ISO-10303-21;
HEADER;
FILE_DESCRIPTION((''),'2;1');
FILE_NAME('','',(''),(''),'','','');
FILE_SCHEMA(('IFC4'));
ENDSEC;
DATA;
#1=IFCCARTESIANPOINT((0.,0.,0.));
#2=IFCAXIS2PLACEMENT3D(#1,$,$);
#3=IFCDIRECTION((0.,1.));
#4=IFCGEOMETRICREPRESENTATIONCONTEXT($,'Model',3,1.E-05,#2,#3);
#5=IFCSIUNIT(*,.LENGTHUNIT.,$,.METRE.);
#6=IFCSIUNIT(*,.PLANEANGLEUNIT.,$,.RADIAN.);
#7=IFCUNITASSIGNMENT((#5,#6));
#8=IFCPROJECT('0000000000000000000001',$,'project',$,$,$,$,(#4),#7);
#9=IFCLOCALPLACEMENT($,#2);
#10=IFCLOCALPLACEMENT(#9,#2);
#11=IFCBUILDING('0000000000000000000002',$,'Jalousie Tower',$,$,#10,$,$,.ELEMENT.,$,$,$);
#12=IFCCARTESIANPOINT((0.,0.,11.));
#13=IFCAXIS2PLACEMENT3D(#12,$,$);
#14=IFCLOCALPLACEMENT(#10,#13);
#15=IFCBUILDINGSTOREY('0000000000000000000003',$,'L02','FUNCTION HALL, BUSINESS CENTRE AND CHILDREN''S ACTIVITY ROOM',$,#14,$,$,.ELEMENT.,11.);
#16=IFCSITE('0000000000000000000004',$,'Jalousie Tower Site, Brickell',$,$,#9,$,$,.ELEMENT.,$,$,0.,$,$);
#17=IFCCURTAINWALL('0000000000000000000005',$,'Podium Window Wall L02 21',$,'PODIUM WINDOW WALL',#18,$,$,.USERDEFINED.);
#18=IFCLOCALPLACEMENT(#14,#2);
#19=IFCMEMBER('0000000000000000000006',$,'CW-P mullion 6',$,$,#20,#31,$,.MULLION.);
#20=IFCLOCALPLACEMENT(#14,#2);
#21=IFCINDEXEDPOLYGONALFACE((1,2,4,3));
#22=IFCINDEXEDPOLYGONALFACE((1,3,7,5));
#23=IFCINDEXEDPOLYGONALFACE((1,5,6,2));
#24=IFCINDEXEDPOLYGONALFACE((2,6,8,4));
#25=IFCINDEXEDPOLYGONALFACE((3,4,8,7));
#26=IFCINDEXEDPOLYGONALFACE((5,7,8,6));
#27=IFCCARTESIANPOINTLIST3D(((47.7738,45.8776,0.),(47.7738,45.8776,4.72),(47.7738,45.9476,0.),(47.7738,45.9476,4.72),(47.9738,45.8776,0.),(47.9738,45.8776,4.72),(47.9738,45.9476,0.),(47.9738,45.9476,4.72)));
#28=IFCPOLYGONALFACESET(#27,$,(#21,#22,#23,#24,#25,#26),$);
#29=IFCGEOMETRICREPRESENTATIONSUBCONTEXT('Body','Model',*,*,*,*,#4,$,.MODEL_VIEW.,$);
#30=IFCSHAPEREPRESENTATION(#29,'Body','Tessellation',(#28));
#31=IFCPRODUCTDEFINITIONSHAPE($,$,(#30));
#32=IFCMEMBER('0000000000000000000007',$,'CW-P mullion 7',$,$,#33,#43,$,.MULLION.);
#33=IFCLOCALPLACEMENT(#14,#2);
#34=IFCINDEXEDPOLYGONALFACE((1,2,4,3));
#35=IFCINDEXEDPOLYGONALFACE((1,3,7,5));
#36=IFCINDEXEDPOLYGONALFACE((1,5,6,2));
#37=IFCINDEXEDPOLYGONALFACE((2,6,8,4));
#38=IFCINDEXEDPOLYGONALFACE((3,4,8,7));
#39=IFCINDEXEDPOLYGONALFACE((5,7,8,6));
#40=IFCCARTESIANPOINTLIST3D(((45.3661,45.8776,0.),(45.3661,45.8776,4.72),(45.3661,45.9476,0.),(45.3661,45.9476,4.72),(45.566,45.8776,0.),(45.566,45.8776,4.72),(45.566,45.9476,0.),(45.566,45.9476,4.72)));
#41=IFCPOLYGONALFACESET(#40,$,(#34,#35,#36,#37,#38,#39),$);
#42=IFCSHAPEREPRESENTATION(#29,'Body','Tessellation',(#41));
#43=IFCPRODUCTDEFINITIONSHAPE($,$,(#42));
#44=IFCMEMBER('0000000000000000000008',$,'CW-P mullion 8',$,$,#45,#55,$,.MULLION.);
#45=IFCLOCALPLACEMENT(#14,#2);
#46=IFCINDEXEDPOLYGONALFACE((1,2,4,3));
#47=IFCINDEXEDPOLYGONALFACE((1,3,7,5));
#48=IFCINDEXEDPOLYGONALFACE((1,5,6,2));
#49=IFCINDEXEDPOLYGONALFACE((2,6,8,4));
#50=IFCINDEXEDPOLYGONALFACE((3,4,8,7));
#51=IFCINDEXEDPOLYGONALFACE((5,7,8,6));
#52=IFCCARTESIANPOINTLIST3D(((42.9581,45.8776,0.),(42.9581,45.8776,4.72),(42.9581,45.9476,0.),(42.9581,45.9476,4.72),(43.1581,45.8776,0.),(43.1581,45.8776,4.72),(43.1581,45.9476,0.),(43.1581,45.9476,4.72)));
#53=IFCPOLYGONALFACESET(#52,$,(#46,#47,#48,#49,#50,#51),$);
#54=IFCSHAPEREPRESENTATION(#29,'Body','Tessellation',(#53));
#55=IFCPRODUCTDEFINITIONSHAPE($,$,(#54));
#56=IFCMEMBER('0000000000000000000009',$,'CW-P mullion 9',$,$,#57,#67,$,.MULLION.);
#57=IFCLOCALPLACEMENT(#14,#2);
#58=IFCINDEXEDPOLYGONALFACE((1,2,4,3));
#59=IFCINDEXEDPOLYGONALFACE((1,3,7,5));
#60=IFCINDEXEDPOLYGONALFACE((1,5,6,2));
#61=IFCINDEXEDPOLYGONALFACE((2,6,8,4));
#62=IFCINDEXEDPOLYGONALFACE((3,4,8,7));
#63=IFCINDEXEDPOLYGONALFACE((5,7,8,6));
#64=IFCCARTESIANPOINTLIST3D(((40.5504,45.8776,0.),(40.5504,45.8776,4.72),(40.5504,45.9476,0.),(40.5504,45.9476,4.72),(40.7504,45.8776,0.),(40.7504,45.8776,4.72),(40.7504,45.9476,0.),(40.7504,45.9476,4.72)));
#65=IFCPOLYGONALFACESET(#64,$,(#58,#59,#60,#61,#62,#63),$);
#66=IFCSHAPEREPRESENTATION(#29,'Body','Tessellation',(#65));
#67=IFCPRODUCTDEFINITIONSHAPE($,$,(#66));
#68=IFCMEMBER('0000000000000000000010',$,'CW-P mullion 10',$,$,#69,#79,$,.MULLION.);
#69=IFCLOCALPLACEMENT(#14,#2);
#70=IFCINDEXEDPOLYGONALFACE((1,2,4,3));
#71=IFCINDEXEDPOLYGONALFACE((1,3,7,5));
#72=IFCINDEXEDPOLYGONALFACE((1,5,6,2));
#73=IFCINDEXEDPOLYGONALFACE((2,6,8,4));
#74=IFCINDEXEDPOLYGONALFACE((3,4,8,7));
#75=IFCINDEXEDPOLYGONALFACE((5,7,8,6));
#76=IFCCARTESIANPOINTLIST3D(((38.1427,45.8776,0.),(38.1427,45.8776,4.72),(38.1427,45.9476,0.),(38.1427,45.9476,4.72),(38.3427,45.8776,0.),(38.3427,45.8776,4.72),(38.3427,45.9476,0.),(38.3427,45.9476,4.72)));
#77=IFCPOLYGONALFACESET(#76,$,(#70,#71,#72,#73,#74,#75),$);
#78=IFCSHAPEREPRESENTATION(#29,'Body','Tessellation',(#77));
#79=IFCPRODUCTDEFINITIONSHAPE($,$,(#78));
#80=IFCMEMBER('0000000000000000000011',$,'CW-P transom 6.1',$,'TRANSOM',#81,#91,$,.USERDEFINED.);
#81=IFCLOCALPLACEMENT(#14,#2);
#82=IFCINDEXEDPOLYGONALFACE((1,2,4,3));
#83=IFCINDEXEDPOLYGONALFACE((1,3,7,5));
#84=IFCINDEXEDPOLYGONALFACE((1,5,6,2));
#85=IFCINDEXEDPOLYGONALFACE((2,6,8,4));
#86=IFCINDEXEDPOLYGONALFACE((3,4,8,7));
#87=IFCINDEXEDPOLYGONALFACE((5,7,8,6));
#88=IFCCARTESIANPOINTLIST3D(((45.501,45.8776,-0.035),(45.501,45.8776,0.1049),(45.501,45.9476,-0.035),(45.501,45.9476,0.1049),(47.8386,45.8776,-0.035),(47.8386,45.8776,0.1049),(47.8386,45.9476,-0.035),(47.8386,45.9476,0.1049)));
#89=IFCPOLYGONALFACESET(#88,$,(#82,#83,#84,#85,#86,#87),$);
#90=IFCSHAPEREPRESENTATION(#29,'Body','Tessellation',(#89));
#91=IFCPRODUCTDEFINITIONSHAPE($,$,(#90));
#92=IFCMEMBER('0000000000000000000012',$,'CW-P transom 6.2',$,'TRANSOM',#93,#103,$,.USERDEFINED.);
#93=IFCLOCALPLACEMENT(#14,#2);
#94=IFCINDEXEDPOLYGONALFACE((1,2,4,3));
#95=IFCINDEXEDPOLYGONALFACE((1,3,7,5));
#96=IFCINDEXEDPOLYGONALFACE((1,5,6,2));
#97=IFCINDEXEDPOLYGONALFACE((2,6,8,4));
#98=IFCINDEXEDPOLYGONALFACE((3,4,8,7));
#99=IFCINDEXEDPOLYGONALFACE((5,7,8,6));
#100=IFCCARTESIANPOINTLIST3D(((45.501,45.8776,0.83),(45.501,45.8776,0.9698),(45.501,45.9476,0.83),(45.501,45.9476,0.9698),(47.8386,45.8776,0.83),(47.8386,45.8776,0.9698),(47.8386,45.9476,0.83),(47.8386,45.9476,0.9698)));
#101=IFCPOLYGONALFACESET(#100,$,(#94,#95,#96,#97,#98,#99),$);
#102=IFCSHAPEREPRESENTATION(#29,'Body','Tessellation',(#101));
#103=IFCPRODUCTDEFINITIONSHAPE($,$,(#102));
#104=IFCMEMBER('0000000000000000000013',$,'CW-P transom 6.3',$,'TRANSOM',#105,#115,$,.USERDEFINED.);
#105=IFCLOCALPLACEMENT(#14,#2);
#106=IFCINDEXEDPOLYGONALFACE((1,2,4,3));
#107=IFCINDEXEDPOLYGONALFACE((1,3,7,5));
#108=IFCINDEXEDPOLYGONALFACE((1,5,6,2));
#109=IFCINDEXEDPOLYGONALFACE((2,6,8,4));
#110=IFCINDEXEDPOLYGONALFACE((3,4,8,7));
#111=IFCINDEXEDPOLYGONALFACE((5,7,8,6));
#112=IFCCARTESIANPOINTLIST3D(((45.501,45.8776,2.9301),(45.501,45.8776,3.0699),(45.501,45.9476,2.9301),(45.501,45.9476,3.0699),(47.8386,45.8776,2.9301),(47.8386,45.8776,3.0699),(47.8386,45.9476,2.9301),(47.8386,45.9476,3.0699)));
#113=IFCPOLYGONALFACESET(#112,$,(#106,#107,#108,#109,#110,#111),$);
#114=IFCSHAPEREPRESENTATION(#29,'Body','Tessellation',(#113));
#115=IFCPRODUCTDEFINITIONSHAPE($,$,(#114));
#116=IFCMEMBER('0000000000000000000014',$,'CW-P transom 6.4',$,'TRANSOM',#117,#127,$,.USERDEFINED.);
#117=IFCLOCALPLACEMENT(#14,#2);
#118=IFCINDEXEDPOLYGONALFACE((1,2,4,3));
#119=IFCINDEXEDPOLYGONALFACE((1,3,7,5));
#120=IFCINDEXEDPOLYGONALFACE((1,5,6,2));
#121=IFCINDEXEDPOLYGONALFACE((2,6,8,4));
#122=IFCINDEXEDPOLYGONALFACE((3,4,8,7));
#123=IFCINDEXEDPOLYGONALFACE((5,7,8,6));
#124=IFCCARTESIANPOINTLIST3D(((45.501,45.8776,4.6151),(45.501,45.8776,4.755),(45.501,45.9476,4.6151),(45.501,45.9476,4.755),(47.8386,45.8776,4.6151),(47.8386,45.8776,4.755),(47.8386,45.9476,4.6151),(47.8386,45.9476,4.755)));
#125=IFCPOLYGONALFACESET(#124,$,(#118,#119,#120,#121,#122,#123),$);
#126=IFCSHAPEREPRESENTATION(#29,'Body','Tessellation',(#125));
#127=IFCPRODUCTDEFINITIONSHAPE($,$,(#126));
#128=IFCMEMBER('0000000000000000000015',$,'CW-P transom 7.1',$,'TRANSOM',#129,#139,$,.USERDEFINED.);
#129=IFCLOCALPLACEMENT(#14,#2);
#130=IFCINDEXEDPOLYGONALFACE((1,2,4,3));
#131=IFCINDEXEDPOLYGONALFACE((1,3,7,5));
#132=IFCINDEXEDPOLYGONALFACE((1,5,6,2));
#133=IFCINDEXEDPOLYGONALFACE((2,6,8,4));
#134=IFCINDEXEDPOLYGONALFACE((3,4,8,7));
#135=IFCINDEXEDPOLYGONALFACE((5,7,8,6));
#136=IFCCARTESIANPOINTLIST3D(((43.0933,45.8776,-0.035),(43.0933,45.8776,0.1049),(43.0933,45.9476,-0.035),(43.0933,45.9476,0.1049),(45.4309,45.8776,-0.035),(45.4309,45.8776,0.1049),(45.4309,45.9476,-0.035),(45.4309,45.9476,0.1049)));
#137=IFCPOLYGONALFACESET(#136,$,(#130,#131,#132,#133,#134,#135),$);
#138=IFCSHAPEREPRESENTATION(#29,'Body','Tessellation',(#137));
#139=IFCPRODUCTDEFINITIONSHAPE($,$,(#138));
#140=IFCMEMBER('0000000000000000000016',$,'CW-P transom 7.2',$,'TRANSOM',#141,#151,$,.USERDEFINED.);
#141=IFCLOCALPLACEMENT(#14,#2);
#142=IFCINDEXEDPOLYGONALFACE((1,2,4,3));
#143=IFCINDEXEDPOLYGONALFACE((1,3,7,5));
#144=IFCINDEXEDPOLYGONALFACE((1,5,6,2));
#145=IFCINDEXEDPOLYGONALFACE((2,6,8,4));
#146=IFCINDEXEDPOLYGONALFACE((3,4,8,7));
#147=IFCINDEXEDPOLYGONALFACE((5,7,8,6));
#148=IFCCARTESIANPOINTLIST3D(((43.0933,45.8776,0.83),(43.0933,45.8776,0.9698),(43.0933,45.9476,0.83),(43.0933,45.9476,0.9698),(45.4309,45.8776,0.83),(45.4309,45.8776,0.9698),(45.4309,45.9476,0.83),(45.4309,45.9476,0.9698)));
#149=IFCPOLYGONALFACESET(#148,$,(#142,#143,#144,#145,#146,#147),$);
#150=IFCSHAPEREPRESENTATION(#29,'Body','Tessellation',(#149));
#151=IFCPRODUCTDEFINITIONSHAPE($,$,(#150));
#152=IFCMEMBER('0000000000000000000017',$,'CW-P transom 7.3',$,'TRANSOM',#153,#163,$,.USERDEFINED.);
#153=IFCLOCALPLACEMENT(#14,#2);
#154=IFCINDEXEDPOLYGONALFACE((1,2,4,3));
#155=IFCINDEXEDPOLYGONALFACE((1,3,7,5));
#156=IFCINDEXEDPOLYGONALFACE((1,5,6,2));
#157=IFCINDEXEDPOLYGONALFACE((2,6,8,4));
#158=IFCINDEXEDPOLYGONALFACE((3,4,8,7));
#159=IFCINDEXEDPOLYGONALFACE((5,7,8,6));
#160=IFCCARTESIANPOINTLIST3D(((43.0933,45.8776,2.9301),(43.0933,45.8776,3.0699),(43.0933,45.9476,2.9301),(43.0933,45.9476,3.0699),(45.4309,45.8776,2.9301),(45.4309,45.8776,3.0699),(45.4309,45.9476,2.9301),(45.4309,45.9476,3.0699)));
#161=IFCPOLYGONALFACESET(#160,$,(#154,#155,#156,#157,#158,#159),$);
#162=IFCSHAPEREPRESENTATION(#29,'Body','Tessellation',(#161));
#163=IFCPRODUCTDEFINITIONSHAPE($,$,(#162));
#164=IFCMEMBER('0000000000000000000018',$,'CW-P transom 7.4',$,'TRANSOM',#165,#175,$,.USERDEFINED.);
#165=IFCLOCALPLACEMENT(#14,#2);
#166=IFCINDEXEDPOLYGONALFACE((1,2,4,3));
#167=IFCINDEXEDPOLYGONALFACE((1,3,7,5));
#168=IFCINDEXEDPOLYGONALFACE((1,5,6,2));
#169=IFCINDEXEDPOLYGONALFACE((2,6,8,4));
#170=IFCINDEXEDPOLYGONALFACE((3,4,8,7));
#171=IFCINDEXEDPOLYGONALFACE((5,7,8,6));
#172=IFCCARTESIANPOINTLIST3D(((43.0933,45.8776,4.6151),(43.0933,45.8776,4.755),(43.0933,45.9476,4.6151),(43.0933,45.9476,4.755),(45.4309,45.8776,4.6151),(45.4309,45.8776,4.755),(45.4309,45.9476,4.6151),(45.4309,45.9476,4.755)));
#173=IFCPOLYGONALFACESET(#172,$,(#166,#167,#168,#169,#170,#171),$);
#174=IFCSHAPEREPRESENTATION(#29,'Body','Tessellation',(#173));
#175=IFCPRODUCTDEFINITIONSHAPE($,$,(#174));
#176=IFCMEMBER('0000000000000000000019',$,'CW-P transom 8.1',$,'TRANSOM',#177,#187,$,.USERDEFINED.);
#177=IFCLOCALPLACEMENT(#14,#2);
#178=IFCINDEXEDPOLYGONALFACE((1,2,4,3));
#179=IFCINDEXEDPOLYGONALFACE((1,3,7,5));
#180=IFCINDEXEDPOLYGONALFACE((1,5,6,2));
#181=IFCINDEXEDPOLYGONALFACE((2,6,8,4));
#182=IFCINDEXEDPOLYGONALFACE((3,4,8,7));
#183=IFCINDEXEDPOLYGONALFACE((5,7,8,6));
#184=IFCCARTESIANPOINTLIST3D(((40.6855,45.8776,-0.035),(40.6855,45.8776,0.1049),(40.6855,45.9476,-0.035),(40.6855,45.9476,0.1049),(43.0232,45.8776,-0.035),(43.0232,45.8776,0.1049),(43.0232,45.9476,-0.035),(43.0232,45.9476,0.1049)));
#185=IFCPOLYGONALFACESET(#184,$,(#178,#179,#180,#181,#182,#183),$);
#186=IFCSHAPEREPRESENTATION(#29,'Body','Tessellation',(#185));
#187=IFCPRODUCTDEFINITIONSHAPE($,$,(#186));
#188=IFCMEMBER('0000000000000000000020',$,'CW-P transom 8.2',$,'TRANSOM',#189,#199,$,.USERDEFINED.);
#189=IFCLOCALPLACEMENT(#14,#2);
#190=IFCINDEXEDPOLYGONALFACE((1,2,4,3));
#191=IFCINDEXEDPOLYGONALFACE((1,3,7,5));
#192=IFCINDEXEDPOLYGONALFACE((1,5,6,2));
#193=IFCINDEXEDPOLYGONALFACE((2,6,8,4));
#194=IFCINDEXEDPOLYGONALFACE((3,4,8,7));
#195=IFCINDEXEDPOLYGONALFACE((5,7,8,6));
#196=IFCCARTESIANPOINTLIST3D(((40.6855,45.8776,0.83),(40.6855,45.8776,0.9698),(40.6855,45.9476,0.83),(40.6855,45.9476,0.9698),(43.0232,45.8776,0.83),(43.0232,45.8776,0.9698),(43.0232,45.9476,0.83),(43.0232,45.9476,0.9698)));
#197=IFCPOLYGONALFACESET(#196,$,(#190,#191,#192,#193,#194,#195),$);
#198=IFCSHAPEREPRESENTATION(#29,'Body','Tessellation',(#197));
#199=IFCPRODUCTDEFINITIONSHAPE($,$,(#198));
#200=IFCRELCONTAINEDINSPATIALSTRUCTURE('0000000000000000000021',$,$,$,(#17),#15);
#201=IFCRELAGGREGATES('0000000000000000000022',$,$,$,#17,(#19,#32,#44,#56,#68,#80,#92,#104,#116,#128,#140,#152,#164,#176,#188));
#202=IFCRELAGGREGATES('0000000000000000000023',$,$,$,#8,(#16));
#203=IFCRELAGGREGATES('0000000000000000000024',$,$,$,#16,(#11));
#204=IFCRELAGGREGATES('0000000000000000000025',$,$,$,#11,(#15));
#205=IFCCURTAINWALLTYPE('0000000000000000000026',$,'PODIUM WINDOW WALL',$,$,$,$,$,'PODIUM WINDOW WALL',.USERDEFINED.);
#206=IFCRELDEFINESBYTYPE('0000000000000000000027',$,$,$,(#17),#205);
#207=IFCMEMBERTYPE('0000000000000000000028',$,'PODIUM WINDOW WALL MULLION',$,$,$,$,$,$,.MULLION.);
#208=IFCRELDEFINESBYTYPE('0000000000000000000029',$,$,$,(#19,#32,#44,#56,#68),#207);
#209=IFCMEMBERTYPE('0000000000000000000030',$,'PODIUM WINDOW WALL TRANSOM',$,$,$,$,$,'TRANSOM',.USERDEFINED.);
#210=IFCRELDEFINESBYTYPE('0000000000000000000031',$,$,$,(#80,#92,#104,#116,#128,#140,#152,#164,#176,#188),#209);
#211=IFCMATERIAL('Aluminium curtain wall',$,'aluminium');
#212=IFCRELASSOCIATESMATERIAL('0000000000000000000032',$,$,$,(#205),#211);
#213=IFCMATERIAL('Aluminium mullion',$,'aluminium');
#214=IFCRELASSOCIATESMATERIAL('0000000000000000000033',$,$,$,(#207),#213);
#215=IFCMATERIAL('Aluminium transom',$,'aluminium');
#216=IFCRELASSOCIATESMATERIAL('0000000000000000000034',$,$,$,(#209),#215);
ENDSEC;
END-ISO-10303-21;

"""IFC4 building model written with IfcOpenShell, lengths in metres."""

from ifc_helpers import new_model, si_unit, direction, frame, origin, origin_2d, place, context, subcontext, project, spatial, rectangle, extrude, material, material_profile, profile_set, type_object, element, aggregate, save


model = new_model("IFC4")

# Units and contexts
model_context = context("Model", 3, precision=1e-05, world=origin(), true_north=direction((0.0, 1.0)))
body_context = subcontext(model_context, "Body", "Model", "MODEL_VIEW")
ifc_project = project(units=[si_unit("LENGTHUNIT", "METRE"), si_unit("PLANEANGLEUNIT", "RADIAN")], contexts=[model_context])

# Site, building, storey
site_placement = place(None, origin())
site = spatial("IfcSite", under=ifc_project, at=site_placement, Name="Jalousie Tower Site, Brickell", CompositionType="ELEMENT", RefElevation=0.0)
building_placement = place(site_placement, origin())
building = spatial("IfcBuilding", under=site, at=building_placement, Name="Jalousie Tower", CompositionType="ELEMENT")
storey_placement = place(building_placement, frame((0.0, 0.0, 11.0)))
storey = spatial("IfcBuildingStorey", under=building, at=storey_placement, Name="L02", Description="FUNCTION HALL, BUSINESS CENTRE AND CHILDREN'S ACTIVITY ROOM", CompositionType="ELEMENT", Elevation=11.0)

# Curtain wall, members
ifc_material_1 = material(Name="Aluminium curtain wall", Category="aluminium")
curtain_wall_type = type_object("IfcCurtainWallType", Name="PODIUM WINDOW WALL", ElementType="PODIUM WINDOW WALL", PredefinedType="USERDEFINED", material=ifc_material_1)
curtain_wall_placement = place(storey_placement, origin())
curtain_wall = element("IfcCurtainWall", 1, at=curtain_wall_placement, inside=storey, type_object=curtain_wall_type, Name="Podium Window Wall L02 21", ObjectType="PODIUM WINDOW WALL", PredefinedType="USERDEFINED")
ifc_material_2 = material(Name="Aluminium mullion", Category="aluminium")
ifc_material_profile_1 = material_profile(ifc_material_2, rectangle(XDim=0.0701, YDim=0.2, at=origin_2d()), Name="MULLION 70x200")
ifc_profile_set_1 = profile_set([ifc_material_profile_1], Name="Aluminium mullion")
member_type_1 = type_object("IfcMemberType", Name="PODIUM WINDOW WALL MULLION", PredefinedType="MULLION", material=ifc_profile_set_1)
member_1_placement = place(storey_placement, frame((47.8738, 45.9126, 0.0), z_axis=(0.0, 0.0, 1.0), x_axis=(0.0, -1.0, 0.0)))
member_1 = element("IfcMember", 2, at=member_1_placement, type_object=member_type_1, Name="CW-P mullion 6", PredefinedType="MULLION", context=body_context, shape_type="SweptSolid", body=[
    extrude(rectangle(XDim=0.0701, YDim=0.2, at=origin_2d()), origin(), (0.0, 0.0, 1.0), 4.72),
])
member_2_placement = place(storey_placement, frame((45.4661, 45.9126, 0.0), z_axis=(0.0, 0.0, 1.0), x_axis=(0.0, -1.0, 0.0)))
member_2 = element("IfcMember", 3, at=member_2_placement, type_object=member_type_1, Name="CW-P mullion 7", PredefinedType="MULLION", context=body_context, shape_type="SweptSolid", body=[
    extrude(rectangle(XDim=0.0701, YDim=0.2, at=origin_2d()), origin(), (0.0, 0.0, 1.0), 4.72),
])
member_3_placement = place(storey_placement, frame((43.0581, 45.9126, 0.0), z_axis=(0.0, 0.0, 1.0), x_axis=(0.0, -1.0, 0.0)))
member_3 = element("IfcMember", 4, at=member_3_placement, type_object=member_type_1, Name="CW-P mullion 8", PredefinedType="MULLION", context=body_context, shape_type="SweptSolid", body=[
    extrude(rectangle(XDim=0.0701, YDim=0.2, at=origin_2d()), origin(), (0.0, 0.0, 1.0), 4.72),
])
member_4_placement = place(storey_placement, frame((40.6504, 45.9126, 0.0), z_axis=(0.0, 0.0, 1.0), x_axis=(0.0, -1.0, 0.0)))
member_4 = element("IfcMember", 5, at=member_4_placement, type_object=member_type_1, Name="CW-P mullion 9", PredefinedType="MULLION", context=body_context, shape_type="SweptSolid", body=[
    extrude(rectangle(XDim=0.0701, YDim=0.2, at=origin_2d()), origin(), (0.0, 0.0, 1.0), 4.72),
])
member_5_placement = place(storey_placement, frame((38.2427, 45.9126, 0.0), z_axis=(0.0, 0.0, 1.0), x_axis=(0.0, -1.0, 0.0)))
member_5 = element("IfcMember", 6, at=member_5_placement, type_object=member_type_1, Name="CW-P mullion 10", PredefinedType="MULLION", context=body_context, shape_type="SweptSolid", body=[
    extrude(rectangle(XDim=0.0701, YDim=0.2, at=origin_2d()), origin(), (0.0, 0.0, 1.0), 4.72),
])
ifc_material_3 = material(Name="Aluminium transom", Category="aluminium")
ifc_material_profile_2 = material_profile(ifc_material_3, rectangle(XDim=0.0701, YDim=0.1399, at=origin_2d()), Name="TRANSOM 70x140")
ifc_profile_set_2 = profile_set([ifc_material_profile_2], Name="Aluminium transom")
member_type_2 = type_object("IfcMemberType", Name="PODIUM WINDOW WALL TRANSOM", ElementType="TRANSOM", PredefinedType="USERDEFINED", material=ifc_profile_set_2)
member_6_placement = place(storey_placement, frame((47.8386, 45.9126, 0.0349), z_axis=(-1.0, 0.0, 0.0), x_axis=(0.0, -1.0, 0.0)))
member_6 = element("IfcMember", 7, at=member_6_placement, type_object=member_type_2, Name="CW-P transom 6.1", ObjectType="TRANSOM", PredefinedType="USERDEFINED", context=body_context, shape_type="SweptSolid", body=[
    extrude(rectangle(XDim=0.0701, YDim=0.1399, at=origin_2d()), origin(), (0.0, 0.0, 1.0), 2.3376),
])
member_7_placement = place(storey_placement, frame((47.8386, 45.9126, 0.8999), z_axis=(-1.0, 0.0, 0.0), x_axis=(0.0, -1.0, 0.0)))
member_7 = element("IfcMember", 8, at=member_7_placement, type_object=member_type_2, Name="CW-P transom 6.2", ObjectType="TRANSOM", PredefinedType="USERDEFINED", context=body_context, shape_type="SweptSolid", body=[
    extrude(rectangle(XDim=0.0701, YDim=0.1399, at=origin_2d()), origin(), (0.0, 0.0, 1.0), 2.3376),
])
member_8_placement = place(storey_placement, frame((47.8386, 45.9126, 3.0), z_axis=(-1.0, 0.0, 0.0), x_axis=(0.0, -1.0, 0.0)))
member_8 = element("IfcMember", 9, at=member_8_placement, type_object=member_type_2, Name="CW-P transom 6.3", ObjectType="TRANSOM", PredefinedType="USERDEFINED", context=body_context, shape_type="SweptSolid", body=[
    extrude(rectangle(XDim=0.0701, YDim=0.1399, at=origin_2d()), origin(), (0.0, 0.0, 1.0), 2.3376),
])
member_9_placement = place(storey_placement, frame((47.8386, 45.9126, 4.6851), z_axis=(-1.0, 0.0, 0.0), x_axis=(0.0, -1.0, 0.0)))
member_9 = element("IfcMember", 10, at=member_9_placement, type_object=member_type_2, Name="CW-P transom 6.4", ObjectType="TRANSOM", PredefinedType="USERDEFINED", context=body_context, shape_type="SweptSolid", body=[
    extrude(rectangle(XDim=0.0701, YDim=0.1399, at=origin_2d()), origin(), (0.0, 0.0, 1.0), 2.3376),
])
member_10_placement = place(storey_placement, frame((45.4309, 45.9126, 0.0349), z_axis=(-1.0, 0.0, 0.0), x_axis=(0.0, -1.0, 0.0)))
member_10 = element("IfcMember", 11, at=member_10_placement, type_object=member_type_2, Name="CW-P transom 7.1", ObjectType="TRANSOM", PredefinedType="USERDEFINED", context=body_context, shape_type="SweptSolid", body=[
    extrude(rectangle(XDim=0.0701, YDim=0.1399, at=origin_2d()), origin(), (0.0, 0.0, 1.0), 2.3376),
])
member_11_placement = place(storey_placement, frame((45.4309, 45.9126, 0.8999), z_axis=(-1.0, 0.0, 0.0), x_axis=(0.0, -1.0, 0.0)))
member_11 = element("IfcMember", 12, at=member_11_placement, type_object=member_type_2, Name="CW-P transom 7.2", ObjectType="TRANSOM", PredefinedType="USERDEFINED", context=body_context, shape_type="SweptSolid", body=[
    extrude(rectangle(XDim=0.0701, YDim=0.1399, at=origin_2d()), origin(), (0.0, 0.0, 1.0), 2.3376),
])
member_12_placement = place(storey_placement, frame((45.4309, 45.9126, 3.0), z_axis=(-1.0, 0.0, 0.0), x_axis=(0.0, -1.0, 0.0)))
member_12 = element("IfcMember", 13, at=member_12_placement, type_object=member_type_2, Name="CW-P transom 7.3", ObjectType="TRANSOM", PredefinedType="USERDEFINED", context=body_context, shape_type="SweptSolid", body=[
    extrude(rectangle(XDim=0.0701, YDim=0.1399, at=origin_2d()), origin(), (0.0, 0.0, 1.0), 2.3376),
])
member_13_placement = place(storey_placement, frame((45.4309, 45.9126, 4.6851), z_axis=(-1.0, 0.0, 0.0), x_axis=(0.0, -1.0, 0.0)))
member_13 = element("IfcMember", 14, at=member_13_placement, type_object=member_type_2, Name="CW-P transom 7.4", ObjectType="TRANSOM", PredefinedType="USERDEFINED", context=body_context, shape_type="SweptSolid", body=[
    extrude(rectangle(XDim=0.0701, YDim=0.1399, at=origin_2d()), origin(), (0.0, 0.0, 1.0), 2.3376),
])
member_14_placement = place(storey_placement, frame((43.0232, 45.9126, 0.0349), z_axis=(-1.0, 0.0, 0.0), x_axis=(0.0, -1.0, 0.0)))
member_14 = element("IfcMember", 15, at=member_14_placement, type_object=member_type_2, Name="CW-P transom 8.1", ObjectType="TRANSOM", PredefinedType="USERDEFINED", context=body_context, shape_type="SweptSolid", body=[
    extrude(rectangle(XDim=0.0701, YDim=0.1399, at=origin_2d()), origin(), (0.0, 0.0, 1.0), 2.3376),
])
member_15_placement = place(storey_placement, frame((43.0232, 45.9126, 0.8999), z_axis=(-1.0, 0.0, 0.0), x_axis=(0.0, -1.0, 0.0)))
member_15 = element("IfcMember", 16, at=member_15_placement, type_object=member_type_2, Name="CW-P transom 8.2", ObjectType="TRANSOM", PredefinedType="USERDEFINED", context=body_context, shape_type="SweptSolid", body=[
    extrude(rectangle(XDim=0.0701, YDim=0.1399, at=origin_2d()), origin(), (0.0, 0.0, 1.0), 2.3376),
])
aggregate(curtain_wall, [member_1, member_2, member_3, member_4, member_5, member_6, member_7, member_8, member_9, member_10, member_11, member_12, member_13, member_14, member_15])

save(model, "model.ifc")
